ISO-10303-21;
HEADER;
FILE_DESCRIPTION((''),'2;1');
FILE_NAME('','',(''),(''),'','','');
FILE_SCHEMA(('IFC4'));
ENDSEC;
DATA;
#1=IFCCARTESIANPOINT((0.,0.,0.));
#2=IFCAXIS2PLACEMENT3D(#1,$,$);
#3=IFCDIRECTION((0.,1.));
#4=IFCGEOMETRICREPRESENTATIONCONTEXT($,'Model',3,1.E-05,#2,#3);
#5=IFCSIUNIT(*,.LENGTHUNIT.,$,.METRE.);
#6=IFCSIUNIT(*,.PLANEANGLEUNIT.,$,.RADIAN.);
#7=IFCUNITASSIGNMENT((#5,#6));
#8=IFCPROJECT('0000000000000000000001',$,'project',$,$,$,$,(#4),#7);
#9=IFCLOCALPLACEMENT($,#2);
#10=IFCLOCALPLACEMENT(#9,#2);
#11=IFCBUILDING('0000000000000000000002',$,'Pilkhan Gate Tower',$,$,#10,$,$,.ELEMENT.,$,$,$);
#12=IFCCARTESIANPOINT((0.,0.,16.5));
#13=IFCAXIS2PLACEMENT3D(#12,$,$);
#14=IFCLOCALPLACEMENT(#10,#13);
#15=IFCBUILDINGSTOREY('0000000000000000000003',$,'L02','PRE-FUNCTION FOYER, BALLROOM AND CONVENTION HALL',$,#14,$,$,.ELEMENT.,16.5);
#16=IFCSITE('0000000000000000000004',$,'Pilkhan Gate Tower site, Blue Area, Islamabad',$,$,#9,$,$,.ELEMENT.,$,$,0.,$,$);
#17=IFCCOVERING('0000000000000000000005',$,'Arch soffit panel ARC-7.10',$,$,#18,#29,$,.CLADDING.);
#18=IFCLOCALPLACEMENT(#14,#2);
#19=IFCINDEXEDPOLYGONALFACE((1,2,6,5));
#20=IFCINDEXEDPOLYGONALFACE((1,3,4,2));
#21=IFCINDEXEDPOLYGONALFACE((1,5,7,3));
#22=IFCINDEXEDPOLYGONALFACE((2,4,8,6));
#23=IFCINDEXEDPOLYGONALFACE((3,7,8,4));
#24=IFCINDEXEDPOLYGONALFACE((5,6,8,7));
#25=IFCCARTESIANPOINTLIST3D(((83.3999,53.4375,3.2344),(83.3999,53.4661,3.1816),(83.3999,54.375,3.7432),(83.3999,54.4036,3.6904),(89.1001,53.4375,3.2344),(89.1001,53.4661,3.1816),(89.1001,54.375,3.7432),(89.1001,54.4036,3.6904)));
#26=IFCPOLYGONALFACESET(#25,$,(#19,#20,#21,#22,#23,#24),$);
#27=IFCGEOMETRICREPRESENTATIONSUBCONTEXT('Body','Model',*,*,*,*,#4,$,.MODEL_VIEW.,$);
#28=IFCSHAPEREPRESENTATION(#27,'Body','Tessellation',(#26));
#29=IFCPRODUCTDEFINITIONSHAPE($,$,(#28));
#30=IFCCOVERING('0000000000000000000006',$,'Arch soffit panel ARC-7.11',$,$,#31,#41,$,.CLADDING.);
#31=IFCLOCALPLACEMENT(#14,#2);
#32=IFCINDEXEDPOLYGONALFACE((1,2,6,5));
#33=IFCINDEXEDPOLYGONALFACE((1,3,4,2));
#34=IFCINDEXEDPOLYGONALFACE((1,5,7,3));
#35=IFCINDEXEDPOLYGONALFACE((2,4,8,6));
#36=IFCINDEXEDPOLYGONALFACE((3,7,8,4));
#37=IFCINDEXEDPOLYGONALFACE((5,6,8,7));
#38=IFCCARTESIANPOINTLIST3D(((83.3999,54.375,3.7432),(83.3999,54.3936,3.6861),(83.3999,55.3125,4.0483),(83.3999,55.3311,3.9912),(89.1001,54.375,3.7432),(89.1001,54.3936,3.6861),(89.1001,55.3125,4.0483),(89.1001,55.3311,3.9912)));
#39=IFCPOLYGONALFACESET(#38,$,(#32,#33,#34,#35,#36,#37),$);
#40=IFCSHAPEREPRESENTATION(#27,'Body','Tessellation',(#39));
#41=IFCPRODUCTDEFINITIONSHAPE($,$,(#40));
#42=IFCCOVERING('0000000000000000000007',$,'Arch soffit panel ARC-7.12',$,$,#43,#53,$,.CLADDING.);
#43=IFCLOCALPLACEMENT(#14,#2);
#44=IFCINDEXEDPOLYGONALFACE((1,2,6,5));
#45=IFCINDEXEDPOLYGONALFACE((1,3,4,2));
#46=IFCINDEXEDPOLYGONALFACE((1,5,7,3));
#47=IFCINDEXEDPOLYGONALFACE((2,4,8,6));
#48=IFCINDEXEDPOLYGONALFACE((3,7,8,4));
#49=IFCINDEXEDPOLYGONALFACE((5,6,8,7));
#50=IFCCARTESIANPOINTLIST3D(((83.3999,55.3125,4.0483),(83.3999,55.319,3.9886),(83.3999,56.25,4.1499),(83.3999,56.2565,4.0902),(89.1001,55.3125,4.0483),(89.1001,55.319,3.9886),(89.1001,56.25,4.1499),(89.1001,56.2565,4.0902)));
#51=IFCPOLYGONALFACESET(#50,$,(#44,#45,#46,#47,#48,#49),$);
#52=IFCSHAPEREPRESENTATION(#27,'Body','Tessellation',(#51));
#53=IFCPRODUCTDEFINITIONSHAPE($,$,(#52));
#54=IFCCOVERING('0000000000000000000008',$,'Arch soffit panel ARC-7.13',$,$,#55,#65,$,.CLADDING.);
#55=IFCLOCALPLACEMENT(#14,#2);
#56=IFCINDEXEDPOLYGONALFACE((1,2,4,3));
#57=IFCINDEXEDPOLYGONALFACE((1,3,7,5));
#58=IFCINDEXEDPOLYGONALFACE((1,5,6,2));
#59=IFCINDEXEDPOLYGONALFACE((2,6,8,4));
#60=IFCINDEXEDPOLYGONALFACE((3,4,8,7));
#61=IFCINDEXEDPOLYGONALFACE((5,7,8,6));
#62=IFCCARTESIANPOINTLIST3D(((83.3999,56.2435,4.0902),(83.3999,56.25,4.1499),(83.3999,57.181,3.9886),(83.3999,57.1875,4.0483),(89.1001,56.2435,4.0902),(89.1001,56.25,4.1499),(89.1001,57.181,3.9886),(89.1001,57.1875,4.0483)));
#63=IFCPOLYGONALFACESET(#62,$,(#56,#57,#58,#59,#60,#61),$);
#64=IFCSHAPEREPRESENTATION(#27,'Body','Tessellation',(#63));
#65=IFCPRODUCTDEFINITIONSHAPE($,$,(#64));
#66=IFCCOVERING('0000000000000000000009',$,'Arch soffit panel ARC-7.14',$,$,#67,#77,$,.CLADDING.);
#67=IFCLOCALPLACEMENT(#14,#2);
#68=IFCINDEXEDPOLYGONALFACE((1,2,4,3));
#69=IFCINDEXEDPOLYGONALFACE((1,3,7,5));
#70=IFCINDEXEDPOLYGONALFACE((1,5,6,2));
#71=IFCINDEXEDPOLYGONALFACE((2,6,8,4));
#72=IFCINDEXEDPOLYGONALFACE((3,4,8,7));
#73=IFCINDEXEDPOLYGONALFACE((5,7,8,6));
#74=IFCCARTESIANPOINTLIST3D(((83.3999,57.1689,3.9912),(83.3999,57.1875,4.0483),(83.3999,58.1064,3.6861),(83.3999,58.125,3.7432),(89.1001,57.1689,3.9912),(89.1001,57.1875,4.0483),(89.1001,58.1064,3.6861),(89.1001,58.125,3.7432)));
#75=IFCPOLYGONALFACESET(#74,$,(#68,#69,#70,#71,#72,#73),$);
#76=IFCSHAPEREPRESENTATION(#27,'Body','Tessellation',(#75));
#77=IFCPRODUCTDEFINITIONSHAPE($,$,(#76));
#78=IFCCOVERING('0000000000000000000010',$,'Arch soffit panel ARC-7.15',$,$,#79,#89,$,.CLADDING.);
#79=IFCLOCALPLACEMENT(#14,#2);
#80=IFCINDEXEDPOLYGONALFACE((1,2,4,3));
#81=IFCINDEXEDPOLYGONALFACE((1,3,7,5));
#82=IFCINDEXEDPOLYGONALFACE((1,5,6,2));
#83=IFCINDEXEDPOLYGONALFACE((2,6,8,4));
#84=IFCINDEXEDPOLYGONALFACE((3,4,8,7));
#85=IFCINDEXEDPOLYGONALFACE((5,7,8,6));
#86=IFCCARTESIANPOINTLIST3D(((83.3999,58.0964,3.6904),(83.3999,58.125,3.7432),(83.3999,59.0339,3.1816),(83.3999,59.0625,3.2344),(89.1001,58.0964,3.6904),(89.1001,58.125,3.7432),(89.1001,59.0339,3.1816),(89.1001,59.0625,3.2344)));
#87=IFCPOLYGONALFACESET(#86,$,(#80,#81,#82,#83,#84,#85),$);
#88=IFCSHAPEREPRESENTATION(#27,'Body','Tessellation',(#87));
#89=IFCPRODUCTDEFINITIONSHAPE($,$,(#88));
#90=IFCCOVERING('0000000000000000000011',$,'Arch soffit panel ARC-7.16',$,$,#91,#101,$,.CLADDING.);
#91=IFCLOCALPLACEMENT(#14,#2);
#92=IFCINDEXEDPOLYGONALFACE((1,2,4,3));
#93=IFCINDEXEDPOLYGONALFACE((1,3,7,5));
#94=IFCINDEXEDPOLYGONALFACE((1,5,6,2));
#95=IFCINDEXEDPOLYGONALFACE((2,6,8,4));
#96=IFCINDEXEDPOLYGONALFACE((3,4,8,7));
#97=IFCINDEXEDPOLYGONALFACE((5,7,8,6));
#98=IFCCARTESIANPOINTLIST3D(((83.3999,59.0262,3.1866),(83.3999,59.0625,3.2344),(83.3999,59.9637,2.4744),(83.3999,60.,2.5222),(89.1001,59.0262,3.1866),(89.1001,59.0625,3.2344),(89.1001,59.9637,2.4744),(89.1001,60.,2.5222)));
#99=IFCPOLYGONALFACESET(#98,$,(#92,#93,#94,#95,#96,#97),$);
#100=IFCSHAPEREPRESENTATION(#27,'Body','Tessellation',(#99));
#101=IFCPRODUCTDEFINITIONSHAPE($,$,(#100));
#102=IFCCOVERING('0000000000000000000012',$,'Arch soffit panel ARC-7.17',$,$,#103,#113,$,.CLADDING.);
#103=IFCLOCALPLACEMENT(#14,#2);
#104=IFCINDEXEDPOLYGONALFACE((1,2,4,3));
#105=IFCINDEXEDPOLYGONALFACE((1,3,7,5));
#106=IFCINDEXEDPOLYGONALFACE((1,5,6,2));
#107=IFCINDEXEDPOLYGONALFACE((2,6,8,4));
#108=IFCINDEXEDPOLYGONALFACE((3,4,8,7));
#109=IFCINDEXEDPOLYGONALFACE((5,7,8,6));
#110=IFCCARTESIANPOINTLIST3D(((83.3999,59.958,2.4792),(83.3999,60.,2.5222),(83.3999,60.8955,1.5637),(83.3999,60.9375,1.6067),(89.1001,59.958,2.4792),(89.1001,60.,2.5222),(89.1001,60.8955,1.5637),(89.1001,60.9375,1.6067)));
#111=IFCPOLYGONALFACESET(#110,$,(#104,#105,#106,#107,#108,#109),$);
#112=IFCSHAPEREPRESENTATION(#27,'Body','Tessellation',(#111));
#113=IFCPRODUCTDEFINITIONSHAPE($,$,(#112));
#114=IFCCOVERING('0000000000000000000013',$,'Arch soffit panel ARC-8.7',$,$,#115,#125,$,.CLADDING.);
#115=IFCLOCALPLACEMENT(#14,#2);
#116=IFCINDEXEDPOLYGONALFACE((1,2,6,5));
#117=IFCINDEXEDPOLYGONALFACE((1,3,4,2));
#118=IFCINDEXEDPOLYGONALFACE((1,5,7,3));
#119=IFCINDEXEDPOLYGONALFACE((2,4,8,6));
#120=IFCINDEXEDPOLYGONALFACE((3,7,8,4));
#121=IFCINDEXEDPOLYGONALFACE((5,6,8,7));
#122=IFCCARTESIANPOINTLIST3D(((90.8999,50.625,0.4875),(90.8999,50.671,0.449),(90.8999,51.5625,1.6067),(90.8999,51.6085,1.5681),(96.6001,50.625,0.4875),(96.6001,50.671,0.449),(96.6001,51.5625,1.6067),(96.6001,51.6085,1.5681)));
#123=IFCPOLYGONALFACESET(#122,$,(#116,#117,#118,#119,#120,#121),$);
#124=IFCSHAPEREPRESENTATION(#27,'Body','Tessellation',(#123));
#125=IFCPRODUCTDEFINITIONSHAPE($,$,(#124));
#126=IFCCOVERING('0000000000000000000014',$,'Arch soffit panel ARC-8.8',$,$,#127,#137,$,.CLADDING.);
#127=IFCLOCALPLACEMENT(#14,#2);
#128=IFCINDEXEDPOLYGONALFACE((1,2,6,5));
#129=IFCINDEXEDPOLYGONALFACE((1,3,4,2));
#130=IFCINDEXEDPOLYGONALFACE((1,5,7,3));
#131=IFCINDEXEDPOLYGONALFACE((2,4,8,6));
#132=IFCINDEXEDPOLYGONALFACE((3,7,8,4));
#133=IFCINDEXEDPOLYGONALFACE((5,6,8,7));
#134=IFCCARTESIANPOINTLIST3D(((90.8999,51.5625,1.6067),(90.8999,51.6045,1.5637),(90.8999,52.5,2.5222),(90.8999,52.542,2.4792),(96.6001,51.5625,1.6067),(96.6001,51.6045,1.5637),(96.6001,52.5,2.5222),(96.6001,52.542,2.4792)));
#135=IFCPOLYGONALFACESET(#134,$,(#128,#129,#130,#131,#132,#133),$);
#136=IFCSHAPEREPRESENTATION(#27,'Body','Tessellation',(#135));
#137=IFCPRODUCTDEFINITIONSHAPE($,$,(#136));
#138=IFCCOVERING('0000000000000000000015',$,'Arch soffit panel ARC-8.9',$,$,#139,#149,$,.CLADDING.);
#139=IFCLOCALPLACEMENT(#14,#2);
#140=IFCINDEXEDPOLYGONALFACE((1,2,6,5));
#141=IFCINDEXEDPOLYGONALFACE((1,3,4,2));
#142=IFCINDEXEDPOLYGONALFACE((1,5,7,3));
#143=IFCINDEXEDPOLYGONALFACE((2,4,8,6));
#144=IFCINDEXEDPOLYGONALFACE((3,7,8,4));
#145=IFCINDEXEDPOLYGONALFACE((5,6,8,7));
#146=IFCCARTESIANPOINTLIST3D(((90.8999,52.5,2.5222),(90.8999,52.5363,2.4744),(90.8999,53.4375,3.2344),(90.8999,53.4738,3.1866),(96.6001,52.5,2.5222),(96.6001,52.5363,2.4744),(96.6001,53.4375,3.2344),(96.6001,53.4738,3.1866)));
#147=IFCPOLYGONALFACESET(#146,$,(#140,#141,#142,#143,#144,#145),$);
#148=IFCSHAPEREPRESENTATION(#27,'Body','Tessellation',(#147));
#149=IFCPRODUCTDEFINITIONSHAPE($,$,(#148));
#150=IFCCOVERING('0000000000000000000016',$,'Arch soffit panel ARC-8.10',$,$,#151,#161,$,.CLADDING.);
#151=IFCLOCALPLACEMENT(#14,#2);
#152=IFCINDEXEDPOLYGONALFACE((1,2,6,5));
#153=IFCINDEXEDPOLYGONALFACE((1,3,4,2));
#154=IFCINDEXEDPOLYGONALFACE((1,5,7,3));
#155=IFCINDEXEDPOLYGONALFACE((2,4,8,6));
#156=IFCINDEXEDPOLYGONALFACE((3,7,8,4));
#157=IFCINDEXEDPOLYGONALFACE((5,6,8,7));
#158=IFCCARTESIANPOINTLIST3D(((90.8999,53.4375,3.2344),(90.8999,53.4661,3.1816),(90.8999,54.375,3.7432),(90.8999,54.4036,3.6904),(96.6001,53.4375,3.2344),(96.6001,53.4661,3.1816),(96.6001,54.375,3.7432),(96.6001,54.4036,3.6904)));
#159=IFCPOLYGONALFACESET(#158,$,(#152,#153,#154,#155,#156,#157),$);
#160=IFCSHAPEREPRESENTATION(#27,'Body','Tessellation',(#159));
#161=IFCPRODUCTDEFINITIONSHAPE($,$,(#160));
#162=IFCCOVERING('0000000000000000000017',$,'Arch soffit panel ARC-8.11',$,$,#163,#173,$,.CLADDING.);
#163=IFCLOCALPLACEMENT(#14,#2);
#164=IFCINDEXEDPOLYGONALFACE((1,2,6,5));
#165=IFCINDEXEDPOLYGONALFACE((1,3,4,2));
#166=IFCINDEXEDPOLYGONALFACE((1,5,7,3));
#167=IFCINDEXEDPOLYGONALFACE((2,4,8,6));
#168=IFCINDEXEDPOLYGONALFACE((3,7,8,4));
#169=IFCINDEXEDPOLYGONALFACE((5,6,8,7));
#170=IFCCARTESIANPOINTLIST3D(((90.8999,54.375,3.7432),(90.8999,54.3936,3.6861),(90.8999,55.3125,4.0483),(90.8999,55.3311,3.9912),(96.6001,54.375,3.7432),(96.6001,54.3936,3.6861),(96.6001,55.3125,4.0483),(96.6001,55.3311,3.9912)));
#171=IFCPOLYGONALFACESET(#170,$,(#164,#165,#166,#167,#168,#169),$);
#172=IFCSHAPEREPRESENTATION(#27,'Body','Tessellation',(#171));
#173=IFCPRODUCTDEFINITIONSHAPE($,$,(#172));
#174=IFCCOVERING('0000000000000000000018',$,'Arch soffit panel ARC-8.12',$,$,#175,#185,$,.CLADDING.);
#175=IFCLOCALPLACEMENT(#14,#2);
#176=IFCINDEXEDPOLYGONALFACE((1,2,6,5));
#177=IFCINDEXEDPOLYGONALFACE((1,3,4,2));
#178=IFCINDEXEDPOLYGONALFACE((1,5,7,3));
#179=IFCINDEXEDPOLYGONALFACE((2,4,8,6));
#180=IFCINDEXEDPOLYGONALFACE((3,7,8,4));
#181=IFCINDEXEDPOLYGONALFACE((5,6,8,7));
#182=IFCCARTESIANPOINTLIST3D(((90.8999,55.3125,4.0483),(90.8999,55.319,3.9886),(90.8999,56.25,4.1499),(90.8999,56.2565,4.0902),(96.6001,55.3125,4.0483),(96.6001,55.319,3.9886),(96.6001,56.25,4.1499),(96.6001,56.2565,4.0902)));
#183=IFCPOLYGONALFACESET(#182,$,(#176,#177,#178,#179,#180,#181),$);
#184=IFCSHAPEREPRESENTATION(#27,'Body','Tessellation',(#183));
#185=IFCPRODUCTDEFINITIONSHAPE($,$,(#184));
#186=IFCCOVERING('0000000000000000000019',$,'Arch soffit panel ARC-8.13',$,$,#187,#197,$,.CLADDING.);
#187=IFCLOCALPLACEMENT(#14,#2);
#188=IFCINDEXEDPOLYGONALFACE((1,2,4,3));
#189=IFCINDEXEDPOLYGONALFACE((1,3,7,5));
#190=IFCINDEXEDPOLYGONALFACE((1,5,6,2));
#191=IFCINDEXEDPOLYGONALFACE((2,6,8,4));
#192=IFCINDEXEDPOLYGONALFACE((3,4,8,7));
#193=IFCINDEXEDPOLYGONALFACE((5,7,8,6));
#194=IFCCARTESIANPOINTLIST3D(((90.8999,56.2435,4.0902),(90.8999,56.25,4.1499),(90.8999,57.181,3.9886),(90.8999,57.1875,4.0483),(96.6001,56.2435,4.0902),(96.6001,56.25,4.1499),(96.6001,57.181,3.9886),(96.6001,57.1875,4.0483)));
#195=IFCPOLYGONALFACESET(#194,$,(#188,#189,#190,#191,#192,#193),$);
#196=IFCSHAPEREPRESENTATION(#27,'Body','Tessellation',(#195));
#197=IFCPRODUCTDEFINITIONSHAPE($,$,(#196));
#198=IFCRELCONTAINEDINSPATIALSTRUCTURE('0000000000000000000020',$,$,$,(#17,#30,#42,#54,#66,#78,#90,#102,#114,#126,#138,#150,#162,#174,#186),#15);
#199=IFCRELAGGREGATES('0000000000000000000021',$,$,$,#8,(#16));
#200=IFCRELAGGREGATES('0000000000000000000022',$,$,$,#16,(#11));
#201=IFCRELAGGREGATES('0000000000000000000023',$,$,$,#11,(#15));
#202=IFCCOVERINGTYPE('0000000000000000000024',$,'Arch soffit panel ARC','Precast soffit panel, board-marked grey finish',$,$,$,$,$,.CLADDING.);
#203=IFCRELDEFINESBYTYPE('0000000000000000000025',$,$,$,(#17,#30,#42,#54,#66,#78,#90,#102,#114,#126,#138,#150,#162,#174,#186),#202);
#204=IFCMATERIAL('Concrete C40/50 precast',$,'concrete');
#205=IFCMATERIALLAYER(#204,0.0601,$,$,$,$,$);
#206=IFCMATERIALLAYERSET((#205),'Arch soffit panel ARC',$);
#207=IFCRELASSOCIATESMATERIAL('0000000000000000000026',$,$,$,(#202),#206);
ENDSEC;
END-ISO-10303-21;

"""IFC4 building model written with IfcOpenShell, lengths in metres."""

from ifc_helpers import new_model, si_unit, direction, frame, origin, place, context, subcontext, project, spatial, polyline, outline, extrude, material, layer, layer_set, type_object, element, save


model = new_model("IFC4")

# Units and contexts
model_context = context("Model", 3, precision=1e-05, world=origin(), true_north=direction((0.0, 1.0)))
body_context = subcontext(model_context, "Body", "Model", "MODEL_VIEW")
ifc_project = project(units=[si_unit("LENGTHUNIT", "METRE"), si_unit("PLANEANGLEUNIT", "RADIAN")], contexts=[model_context])

# Site, building, storey
site_placement = place(None, origin())
site = spatial("IfcSite", under=ifc_project, at=site_placement, Name="Pilkhan Gate Tower site, Blue Area, Islamabad", CompositionType="ELEMENT", RefElevation=0.0)
building_placement = place(site_placement, origin())
building = spatial("IfcBuilding", under=site, at=building_placement, Name="Pilkhan Gate Tower", CompositionType="ELEMENT")
storey_placement = place(building_placement, frame((0.0, 0.0, 16.5)))
storey = spatial("IfcBuildingStorey", under=building, at=storey_placement, Name="L02", Description="PRE-FUNCTION FOYER, BALLROOM AND CONVENTION HALL", CompositionType="ELEMENT", Elevation=16.5)

# Coverings
ifc_material = material(Name="Concrete C40/50 precast", Category="concrete")
ifc_layer = layer(ifc_material, 0.0601)
ifc_layer_set = layer_set([ifc_layer], Name="Arch soffit panel ARC")
covering_type = type_object("IfcCoveringType", Name="Arch soffit panel ARC", Description="Precast soffit panel, board-marked grey finish", PredefinedType="CLADDING", material=ifc_layer_set)
covering_1_placement = place(storey_placement, frame((83.3999, 53.4375, 3.2344), z_axis=(0.0, -0.476991, 0.878908), x_axis=(1.0, 0.0, 0.0)))
element("IfcCovering", 1, at=covering_1_placement, inside=storey, type_object=covering_type, Name="Arch soffit panel ARC-7.10", PredefinedType="CLADDING", context=body_context, shape_type="SweptSolid", body=[
    extrude(outline(polyline([(0.0, 0.0), (5.7002, 0.0), (5.7002, 1.0667), (0.0, 1.0667), (0.0, 0.0)])), origin(), (0.0, 0.0, -1.0), 0.0601),
])
covering_2_placement = place(storey_placement, frame((83.3999, 54.375, 3.7432), z_axis=(0.0, -0.309534, 0.950888), x_axis=(1.0, 0.0, 0.0)))
element("IfcCovering", 2, at=covering_2_placement, inside=storey, type_object=covering_type, Name="Arch soffit panel ARC-7.11", PredefinedType="CLADDING", context=body_context, shape_type="SweptSolid", body=[
    extrude(outline(polyline([(0.0, 0.0), (5.7002, 0.0), (5.7002, 0.9859), (0.0, 0.9859), (0.0, 0.0)])), origin(), (0.0, 0.0, -1.0), 0.0601),
])
for number, where, z_axis, x_axis, name in (
    (3, (83.3999, 55.3125, 4.0483), (0.0, -0.107703, 0.994183), (1.0, 0.0, 0.0), "Arch soffit panel ARC-7.12"),
    (4, (83.3999, 56.25, 4.1499), (0.0, 0.107703, 0.994183), (1.0, 0.0, 0.0), "Arch soffit panel ARC-7.13"),
):
    element("IfcCovering", number, at=place(storey_placement, frame(where, z_axis=z_axis, x_axis=x_axis)), inside=storey, type_object=covering_type, Name=name, PredefinedType="CLADDING", context=body_context, shape_type="SweptSolid", body=[
        extrude(outline(polyline([(0.0, 0.0), (5.7002, 0.0), (5.7002, 0.943), (0.0, 0.943), (0.0, 0.0)])), origin(), (0.0, 0.0, -1.0), 0.0601),
    ])
covering_3_placement = place(storey_placement, frame((83.3999, 57.1875, 4.0483), z_axis=(0.0, 0.309534, 0.950888), x_axis=(1.0, 0.0, 0.0)))
element("IfcCovering", 5, at=covering_3_placement, inside=storey, type_object=covering_type, Name="Arch soffit panel ARC-7.14", PredefinedType="CLADDING", context=body_context, shape_type="SweptSolid", body=[
    extrude(outline(polyline([(0.0, 0.0), (5.7002, 0.0), (5.7002, 0.9859), (0.0, 0.9859), (0.0, 0.0)])), origin(), (0.0, 0.0, -1.0), 0.0601),
])
covering_4_placement = place(storey_placement, frame((83.3999, 58.125, 3.7432), z_axis=(0.0, 0.476991, 0.878908), x_axis=(1.0, 0.0, 0.0)))
element("IfcCovering", 6, at=covering_4_placement, inside=storey, type_object=covering_type, Name="Arch soffit panel ARC-7.15", PredefinedType="CLADDING", context=body_context, shape_type="SweptSolid", body=[
    extrude(outline(polyline([(0.0, 0.0), (5.7002, 0.0), (5.7002, 1.0667), (0.0, 1.0667), (0.0, 0.0)])), origin(), (0.0, 0.0, -1.0), 0.0601),
])
covering_5_placement = place(storey_placement, frame((83.3999, 59.0625, 3.2344), z_axis=(0.0, 0.604899, 0.796302), x_axis=(1.0, 0.0, 0.0)))
element("IfcCovering", 7, at=covering_5_placement, inside=storey, type_object=covering_type, Name="Arch soffit panel ARC-7.16", PredefinedType="CLADDING", context=body_context, shape_type="SweptSolid", body=[
    extrude(outline(polyline([(0.0, 0.0), (5.7002, 0.0), (5.7002, 1.1773), (0.0, 1.1773), (0.0, 0.0)])), origin(), (0.0, 0.0, -1.0), 0.0601),
])
covering_6_placement = place(storey_placement, frame((83.3999, 60.0, 2.5222), z_axis=(0.0, 0.698673, 0.715441), x_axis=(1.0, 0.0, 0.0)))
element("IfcCovering", 8, at=covering_6_placement, inside=storey, type_object=covering_type, Name="Arch soffit panel ARC-7.17", PredefinedType="CLADDING", context=body_context, shape_type="SweptSolid", body=[
    extrude(outline(polyline([(0.0, 0.0), (5.7002, 0.0), (5.7002, 1.3104), (0.0, 1.3104), (0.0, 0.0)])), origin(), (0.0, 0.0, -1.0), 0.0601),
])
covering_7_placement = place(storey_placement, frame((90.8999, 50.625, 0.4875), z_axis=(0.0, -0.766574, 0.642156), x_axis=(1.0, 0.0, 0.0)))
element("IfcCovering", 9, at=covering_7_placement, inside=storey, type_object=covering_type, Name="Arch soffit panel ARC-8.7", PredefinedType="CLADDING", context=body_context, shape_type="SweptSolid", body=[
    extrude(outline(polyline([(0.0, 0.0), (5.7002, 0.0), (5.7002, 1.4599), (0.0, 1.4599), (0.0, 0.0)])), origin(), (0.0, 0.0, -1.0), 0.0601),
])
covering_8_placement = place(storey_placement, frame((90.8999, 51.5625, 1.6067), z_axis=(0.0, -0.698673, 0.715441), x_axis=(1.0, 0.0, 0.0)))
element("IfcCovering", 10, at=covering_8_placement, inside=storey, type_object=covering_type, Name="Arch soffit panel ARC-8.8", PredefinedType="CLADDING", context=body_context, shape_type="SweptSolid", body=[
    extrude(outline(polyline([(0.0, 0.0), (5.7002, 0.0), (5.7002, 1.3104), (0.0, 1.3104), (0.0, 0.0)])), origin(), (0.0, 0.0, -1.0), 0.0601),
])
covering_9_placement = place(storey_placement, frame((90.8999, 52.5, 2.5222), z_axis=(0.0, -0.604899, 0.796302), x_axis=(1.0, 0.0, 0.0)))
element("IfcCovering", 11, at=covering_9_placement, inside=storey, type_object=covering_type, Name="Arch soffit panel ARC-8.9", PredefinedType="CLADDING", context=body_context, shape_type="SweptSolid", body=[
    extrude(outline(polyline([(0.0, 0.0), (5.7002, 0.0), (5.7002, 1.1773), (0.0, 1.1773), (0.0, 0.0)])), origin(), (0.0, 0.0, -1.0), 0.0601),
])
covering_10_placement = place(storey_placement, frame((90.8999, 53.4375, 3.2344), z_axis=(0.0, -0.476991, 0.878908), x_axis=(1.0, 0.0, 0.0)))
element("IfcCovering", 12, at=covering_10_placement, inside=storey, type_object=covering_type, Name="Arch soffit panel ARC-8.10", PredefinedType="CLADDING", context=body_context, shape_type="SweptSolid", body=[
    extrude(outline(polyline([(0.0, 0.0), (5.7002, 0.0), (5.7002, 1.0667), (0.0, 1.0667), (0.0, 0.0)])), origin(), (0.0, 0.0, -1.0), 0.0601),
])
covering_11_placement = place(storey_placement, frame((90.8999, 54.375, 3.7432), z_axis=(0.0, -0.309534, 0.950888), x_axis=(1.0, 0.0, 0.0)))
element("IfcCovering", 13, at=covering_11_placement, inside=storey, type_object=covering_type, Name="Arch soffit panel ARC-8.11", PredefinedType="CLADDING", context=body_context, shape_type="SweptSolid", body=[
    extrude(outline(polyline([(0.0, 0.0), (5.7002, 0.0), (5.7002, 0.9859), (0.0, 0.9859), (0.0, 0.0)])), origin(), (0.0, 0.0, -1.0), 0.0601),
])
for number, where, z_axis, x_axis, name in (
    (14, (90.8999, 55.3125, 4.0483), (0.0, -0.107703, 0.994183), (1.0, 0.0, 0.0), "Arch soffit panel ARC-8.12"),
    (15, (90.8999, 56.25, 4.1499), (0.0, 0.107703, 0.994183), (1.0, 0.0, 0.0), "Arch soffit panel ARC-8.13"),
):
    element("IfcCovering", number, at=place(storey_placement, frame(where, z_axis=z_axis, x_axis=x_axis)), inside=storey, type_object=covering_type, Name=name, PredefinedType="CLADDING", context=body_context, shape_type="SweptSolid", body=[
        extrude(outline(polyline([(0.0, 0.0), (5.7002, 0.0), (5.7002, 0.943), (0.0, 0.943), (0.0, 0.0)])), origin(), (0.0, 0.0, -1.0), 0.0601),
    ])

save(model, "model.ifc")
